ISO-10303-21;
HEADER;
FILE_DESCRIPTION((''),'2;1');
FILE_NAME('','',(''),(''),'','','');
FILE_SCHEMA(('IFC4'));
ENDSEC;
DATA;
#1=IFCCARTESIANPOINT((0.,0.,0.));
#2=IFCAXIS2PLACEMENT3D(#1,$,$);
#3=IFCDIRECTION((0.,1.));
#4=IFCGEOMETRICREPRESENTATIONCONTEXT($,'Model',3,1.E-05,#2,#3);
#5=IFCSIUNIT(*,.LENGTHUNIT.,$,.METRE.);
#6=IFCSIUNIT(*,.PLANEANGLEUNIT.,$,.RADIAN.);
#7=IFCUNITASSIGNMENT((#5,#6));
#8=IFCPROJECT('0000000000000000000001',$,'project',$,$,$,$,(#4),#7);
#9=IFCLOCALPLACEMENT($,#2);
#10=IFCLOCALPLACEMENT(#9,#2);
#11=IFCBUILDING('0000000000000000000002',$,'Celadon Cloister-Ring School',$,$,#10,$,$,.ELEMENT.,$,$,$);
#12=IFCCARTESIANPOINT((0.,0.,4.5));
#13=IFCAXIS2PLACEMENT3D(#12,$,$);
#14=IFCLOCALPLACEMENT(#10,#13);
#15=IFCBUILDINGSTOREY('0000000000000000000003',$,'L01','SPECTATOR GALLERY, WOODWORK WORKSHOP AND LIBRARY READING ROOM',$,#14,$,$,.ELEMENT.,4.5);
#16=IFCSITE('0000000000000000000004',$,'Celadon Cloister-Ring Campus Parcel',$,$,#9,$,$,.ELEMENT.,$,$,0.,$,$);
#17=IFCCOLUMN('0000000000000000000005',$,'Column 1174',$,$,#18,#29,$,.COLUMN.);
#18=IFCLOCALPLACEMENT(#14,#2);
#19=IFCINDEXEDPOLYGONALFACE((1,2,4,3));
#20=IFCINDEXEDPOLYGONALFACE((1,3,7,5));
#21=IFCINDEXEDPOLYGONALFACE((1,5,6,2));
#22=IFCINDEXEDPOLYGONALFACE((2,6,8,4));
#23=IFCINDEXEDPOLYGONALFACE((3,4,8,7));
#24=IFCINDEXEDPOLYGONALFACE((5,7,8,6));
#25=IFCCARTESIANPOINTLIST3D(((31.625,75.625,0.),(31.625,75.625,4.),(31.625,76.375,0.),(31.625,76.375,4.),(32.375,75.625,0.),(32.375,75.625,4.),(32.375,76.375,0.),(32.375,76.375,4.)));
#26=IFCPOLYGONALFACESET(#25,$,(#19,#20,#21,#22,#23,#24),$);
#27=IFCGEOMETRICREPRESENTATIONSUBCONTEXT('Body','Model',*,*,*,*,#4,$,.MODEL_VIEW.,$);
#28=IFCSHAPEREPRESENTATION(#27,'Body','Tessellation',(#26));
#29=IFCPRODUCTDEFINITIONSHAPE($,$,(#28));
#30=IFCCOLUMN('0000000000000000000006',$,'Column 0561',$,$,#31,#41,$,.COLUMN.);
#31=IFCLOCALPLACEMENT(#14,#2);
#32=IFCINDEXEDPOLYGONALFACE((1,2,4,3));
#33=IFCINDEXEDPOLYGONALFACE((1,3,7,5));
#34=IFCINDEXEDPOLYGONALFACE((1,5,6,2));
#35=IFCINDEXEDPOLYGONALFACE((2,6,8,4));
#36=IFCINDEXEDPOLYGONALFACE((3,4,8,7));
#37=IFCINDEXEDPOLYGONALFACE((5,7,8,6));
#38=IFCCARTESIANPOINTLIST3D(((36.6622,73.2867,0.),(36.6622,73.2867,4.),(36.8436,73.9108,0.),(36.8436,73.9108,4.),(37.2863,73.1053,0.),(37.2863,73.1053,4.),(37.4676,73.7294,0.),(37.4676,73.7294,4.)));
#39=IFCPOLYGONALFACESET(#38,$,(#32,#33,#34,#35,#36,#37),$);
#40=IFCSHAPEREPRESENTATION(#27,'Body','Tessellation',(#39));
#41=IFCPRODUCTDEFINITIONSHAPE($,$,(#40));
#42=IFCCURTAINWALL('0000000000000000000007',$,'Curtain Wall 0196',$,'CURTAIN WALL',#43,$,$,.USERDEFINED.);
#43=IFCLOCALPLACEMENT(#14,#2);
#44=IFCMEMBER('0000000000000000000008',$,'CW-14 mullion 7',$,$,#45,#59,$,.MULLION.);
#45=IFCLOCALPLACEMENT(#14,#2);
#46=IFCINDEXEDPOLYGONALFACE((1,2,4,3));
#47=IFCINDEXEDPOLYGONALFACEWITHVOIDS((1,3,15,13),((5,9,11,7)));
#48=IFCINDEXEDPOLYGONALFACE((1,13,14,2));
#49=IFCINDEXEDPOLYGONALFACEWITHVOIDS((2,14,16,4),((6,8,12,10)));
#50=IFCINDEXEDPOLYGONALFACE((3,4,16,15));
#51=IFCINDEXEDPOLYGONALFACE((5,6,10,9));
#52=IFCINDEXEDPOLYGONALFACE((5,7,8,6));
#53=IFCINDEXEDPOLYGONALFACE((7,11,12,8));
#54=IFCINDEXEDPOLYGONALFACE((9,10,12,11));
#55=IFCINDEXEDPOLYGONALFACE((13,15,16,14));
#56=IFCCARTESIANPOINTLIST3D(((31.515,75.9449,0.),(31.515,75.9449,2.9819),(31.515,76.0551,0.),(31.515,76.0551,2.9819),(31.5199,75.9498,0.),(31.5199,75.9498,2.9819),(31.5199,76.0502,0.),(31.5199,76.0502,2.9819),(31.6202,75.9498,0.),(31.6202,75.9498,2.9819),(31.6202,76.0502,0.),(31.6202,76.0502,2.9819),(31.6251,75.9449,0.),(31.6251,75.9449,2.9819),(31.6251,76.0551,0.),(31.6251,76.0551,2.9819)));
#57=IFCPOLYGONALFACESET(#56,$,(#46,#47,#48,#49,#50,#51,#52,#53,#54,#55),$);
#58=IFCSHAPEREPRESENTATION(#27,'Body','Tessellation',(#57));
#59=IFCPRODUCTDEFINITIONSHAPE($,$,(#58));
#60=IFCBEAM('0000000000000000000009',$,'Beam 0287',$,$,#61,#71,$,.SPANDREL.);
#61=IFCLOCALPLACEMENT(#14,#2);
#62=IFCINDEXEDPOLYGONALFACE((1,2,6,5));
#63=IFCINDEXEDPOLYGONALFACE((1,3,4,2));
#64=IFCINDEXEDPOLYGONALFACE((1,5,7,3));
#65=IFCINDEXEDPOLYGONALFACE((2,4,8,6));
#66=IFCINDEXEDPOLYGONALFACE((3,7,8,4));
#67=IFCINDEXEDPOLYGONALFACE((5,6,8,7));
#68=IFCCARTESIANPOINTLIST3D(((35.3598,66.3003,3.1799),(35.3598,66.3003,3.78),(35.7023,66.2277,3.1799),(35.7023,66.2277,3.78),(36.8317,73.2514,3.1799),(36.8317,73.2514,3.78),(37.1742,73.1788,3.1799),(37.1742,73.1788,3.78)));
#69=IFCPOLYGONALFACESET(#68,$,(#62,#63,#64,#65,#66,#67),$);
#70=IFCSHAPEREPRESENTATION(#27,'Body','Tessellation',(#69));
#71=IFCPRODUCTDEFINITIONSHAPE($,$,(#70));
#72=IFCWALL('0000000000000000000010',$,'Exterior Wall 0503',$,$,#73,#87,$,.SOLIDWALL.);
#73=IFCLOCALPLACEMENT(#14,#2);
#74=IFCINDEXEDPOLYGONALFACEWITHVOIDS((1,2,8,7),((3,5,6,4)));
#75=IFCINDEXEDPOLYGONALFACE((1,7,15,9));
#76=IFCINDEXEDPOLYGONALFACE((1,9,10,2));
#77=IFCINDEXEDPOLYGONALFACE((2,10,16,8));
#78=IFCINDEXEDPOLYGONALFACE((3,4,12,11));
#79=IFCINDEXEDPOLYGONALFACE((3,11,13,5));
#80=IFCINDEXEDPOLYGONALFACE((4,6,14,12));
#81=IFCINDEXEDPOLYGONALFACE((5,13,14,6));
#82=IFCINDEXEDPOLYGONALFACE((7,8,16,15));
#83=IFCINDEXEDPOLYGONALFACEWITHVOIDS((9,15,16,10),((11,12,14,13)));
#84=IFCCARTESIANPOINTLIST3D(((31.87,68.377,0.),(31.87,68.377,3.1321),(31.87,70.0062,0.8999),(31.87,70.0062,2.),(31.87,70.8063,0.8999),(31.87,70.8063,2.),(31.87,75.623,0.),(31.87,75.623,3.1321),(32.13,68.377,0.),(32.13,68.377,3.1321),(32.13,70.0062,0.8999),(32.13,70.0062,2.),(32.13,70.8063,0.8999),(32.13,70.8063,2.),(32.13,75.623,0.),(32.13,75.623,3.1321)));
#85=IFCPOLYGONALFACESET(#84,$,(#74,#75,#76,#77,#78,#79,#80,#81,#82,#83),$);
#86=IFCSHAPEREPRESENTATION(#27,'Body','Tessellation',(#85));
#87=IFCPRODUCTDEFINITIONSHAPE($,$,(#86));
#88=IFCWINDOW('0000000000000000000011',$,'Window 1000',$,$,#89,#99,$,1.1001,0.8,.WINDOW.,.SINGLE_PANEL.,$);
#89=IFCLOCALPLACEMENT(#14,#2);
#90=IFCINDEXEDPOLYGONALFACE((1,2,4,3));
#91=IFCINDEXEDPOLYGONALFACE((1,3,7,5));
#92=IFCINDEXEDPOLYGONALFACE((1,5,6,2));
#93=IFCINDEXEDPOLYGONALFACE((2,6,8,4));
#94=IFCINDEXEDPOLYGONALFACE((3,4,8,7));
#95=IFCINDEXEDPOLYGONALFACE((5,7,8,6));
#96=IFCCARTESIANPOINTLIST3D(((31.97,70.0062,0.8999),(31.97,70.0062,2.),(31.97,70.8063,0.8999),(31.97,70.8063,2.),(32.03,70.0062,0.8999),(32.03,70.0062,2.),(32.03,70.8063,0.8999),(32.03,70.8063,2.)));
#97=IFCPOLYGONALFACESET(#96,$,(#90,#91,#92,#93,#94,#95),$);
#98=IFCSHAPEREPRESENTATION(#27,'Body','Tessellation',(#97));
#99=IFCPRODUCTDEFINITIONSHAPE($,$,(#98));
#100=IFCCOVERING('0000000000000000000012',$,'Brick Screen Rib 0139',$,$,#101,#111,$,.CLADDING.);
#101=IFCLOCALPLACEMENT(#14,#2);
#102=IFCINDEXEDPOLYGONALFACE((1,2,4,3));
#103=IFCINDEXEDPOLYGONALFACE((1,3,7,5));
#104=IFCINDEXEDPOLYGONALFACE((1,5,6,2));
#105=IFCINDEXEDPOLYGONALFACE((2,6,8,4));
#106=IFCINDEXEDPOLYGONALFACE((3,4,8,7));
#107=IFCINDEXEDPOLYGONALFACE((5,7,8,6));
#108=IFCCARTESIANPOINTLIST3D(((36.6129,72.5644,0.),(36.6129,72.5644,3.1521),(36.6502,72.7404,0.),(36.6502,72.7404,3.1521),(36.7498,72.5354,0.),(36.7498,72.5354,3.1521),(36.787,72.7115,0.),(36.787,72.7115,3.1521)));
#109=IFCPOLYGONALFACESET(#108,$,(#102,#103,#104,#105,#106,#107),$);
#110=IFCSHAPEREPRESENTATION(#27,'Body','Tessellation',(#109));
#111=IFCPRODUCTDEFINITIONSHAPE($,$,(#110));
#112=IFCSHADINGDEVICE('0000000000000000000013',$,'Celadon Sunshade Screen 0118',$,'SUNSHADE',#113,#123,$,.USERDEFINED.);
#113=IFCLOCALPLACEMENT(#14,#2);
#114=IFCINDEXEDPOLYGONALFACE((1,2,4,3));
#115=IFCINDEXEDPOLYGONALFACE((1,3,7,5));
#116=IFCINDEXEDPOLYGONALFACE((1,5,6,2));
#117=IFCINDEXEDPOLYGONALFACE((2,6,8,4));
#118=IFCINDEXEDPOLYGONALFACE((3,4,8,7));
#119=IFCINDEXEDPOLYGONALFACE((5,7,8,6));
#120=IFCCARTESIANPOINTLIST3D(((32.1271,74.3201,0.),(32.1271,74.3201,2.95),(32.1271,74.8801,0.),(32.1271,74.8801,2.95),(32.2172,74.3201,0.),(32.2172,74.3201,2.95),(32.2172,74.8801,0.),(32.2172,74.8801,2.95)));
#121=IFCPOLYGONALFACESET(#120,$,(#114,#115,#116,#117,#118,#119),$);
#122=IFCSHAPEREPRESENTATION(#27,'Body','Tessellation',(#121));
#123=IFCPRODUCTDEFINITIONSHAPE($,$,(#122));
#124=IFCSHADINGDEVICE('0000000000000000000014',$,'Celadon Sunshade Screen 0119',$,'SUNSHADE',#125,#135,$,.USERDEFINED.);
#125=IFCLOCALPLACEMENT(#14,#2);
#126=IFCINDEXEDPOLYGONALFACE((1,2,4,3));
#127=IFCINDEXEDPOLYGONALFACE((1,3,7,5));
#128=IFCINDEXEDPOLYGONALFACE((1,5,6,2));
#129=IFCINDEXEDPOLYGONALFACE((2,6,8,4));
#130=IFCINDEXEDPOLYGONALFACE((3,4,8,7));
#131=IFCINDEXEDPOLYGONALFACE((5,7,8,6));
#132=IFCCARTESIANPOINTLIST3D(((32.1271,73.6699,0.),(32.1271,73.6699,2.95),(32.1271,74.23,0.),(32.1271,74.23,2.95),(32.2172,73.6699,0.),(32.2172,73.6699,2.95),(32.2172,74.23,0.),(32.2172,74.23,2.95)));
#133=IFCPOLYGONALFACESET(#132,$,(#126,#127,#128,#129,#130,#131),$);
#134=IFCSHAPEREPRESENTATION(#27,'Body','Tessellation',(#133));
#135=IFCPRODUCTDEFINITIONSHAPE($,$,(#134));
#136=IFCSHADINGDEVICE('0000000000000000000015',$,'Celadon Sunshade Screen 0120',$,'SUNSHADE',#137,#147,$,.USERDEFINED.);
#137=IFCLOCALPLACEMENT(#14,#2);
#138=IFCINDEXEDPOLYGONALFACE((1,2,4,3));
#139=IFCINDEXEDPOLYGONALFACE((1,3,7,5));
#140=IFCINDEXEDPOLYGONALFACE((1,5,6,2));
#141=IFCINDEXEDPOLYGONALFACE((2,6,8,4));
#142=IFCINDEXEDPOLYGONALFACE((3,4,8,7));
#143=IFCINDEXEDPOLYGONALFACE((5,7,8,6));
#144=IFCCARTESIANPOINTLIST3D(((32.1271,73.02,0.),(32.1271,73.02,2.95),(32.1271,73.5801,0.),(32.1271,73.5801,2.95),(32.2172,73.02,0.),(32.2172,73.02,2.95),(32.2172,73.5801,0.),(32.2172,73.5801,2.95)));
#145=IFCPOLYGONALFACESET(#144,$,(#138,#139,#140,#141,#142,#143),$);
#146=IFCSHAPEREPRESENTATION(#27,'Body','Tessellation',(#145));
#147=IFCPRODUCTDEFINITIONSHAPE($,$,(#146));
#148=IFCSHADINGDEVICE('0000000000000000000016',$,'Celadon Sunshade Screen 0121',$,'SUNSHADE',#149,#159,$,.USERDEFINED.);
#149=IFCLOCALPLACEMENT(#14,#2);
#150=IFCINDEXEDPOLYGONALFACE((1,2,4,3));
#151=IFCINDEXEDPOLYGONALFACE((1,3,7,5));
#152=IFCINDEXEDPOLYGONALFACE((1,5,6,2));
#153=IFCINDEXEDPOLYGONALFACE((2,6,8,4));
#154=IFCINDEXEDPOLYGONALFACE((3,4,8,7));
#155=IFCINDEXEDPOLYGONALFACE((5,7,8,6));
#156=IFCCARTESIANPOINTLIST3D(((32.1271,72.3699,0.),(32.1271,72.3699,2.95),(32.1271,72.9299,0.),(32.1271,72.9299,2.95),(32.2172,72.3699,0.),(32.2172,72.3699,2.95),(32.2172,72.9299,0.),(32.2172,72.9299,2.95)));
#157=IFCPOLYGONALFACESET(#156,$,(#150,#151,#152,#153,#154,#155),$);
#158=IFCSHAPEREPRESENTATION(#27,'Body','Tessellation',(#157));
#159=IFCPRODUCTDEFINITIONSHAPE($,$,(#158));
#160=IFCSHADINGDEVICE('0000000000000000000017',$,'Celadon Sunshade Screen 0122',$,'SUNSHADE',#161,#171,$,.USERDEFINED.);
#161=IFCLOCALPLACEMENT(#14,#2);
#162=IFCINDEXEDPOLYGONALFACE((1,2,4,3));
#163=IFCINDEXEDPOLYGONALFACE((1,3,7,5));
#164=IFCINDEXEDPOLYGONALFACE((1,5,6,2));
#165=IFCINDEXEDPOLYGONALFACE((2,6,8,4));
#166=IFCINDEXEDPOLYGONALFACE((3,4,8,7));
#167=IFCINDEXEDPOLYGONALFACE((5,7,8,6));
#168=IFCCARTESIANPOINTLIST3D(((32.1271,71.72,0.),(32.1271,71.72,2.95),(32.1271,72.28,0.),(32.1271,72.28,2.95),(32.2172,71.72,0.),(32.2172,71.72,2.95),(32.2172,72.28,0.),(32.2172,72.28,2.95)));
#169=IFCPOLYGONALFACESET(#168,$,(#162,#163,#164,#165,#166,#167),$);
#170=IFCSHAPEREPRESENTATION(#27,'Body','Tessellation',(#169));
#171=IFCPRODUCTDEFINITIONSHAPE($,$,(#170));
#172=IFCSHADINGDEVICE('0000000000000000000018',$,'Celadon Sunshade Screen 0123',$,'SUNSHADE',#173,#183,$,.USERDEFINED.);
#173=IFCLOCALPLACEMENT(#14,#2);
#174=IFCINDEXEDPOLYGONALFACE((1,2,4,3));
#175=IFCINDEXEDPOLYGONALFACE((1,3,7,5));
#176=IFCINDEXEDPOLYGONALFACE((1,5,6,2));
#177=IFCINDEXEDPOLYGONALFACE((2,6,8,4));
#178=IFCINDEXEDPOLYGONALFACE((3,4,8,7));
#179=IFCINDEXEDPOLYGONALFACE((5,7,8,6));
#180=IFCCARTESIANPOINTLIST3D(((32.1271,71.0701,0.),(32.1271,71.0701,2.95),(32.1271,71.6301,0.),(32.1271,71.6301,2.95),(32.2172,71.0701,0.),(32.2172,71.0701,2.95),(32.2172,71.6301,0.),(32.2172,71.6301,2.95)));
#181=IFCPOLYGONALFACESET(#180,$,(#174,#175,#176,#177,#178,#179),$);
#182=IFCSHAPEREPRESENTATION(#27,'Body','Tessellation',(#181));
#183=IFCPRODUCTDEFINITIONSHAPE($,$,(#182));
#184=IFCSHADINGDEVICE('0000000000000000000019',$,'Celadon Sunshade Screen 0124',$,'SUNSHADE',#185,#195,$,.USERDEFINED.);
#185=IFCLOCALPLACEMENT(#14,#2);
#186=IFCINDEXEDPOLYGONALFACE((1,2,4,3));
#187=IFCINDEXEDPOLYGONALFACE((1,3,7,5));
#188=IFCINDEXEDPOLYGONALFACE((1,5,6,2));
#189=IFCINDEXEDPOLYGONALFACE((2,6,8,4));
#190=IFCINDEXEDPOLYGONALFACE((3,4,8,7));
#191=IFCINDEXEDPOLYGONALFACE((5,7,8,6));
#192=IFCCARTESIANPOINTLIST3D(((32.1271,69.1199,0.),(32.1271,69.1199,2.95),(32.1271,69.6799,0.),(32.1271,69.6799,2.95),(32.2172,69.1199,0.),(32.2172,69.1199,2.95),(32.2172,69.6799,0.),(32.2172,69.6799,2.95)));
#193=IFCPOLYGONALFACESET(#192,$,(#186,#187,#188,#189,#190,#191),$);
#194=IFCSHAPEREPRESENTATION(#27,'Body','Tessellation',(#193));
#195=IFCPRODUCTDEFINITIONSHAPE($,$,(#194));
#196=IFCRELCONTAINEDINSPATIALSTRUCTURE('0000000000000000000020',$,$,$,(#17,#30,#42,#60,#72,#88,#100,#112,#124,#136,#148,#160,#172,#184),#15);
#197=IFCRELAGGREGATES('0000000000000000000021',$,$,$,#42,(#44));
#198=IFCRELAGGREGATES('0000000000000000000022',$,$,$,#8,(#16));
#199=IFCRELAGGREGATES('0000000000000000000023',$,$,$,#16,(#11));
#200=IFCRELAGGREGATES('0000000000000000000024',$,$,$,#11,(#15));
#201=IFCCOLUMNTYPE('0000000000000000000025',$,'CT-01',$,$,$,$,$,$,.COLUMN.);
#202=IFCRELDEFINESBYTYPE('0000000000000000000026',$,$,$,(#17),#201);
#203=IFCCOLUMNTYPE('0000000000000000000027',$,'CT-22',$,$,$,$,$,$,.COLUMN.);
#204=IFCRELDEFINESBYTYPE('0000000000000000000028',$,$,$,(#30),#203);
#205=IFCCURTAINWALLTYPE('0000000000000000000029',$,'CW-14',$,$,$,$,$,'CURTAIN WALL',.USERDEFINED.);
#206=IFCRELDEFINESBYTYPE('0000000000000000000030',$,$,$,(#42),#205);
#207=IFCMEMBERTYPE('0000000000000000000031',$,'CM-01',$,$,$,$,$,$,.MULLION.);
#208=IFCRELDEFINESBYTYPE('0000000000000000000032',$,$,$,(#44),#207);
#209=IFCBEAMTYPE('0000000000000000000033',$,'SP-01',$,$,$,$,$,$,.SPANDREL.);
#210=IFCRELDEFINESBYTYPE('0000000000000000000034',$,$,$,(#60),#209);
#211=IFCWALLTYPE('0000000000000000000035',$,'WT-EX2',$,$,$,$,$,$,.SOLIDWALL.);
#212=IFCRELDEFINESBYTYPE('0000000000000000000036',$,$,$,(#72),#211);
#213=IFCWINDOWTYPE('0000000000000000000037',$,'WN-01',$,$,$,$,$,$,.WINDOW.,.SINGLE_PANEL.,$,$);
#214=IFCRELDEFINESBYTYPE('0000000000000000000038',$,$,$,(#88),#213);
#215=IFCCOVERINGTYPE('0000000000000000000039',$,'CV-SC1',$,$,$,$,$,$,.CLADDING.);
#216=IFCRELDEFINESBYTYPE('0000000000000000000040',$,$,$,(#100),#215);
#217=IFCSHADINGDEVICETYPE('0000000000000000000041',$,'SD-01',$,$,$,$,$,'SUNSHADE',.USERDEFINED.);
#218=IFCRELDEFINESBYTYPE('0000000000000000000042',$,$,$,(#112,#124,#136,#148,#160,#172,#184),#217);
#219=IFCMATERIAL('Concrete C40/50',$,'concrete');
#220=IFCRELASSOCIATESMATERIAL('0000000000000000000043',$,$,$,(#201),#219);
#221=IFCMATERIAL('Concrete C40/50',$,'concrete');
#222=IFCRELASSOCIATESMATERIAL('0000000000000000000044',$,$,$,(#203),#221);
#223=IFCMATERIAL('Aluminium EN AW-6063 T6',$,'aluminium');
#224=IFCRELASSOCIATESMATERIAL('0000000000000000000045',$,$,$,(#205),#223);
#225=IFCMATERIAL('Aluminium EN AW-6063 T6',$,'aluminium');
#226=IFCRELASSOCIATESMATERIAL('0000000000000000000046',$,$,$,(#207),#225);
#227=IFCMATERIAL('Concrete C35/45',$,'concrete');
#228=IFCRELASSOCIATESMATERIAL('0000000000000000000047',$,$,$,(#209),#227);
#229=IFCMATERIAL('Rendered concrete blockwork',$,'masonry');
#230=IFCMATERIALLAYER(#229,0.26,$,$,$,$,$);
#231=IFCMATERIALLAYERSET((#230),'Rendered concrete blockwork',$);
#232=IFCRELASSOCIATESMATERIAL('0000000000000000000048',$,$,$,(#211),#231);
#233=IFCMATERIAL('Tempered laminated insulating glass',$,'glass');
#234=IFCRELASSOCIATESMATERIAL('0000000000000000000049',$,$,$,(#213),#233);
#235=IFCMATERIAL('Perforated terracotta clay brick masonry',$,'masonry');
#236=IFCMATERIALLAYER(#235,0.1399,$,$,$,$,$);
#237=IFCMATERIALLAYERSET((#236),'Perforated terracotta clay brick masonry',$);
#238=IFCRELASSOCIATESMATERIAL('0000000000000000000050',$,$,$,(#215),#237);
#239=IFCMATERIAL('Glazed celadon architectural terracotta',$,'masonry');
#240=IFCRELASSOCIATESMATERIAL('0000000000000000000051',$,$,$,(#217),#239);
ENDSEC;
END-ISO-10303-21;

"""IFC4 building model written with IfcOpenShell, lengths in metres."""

from ifc_helpers import new_model, si_unit, direction, frame, frame_2d, origin, origin_2d, place, context, subcontext, project, spatial, rectangle, hollow_rectangle, extrude, material, layer, layer_set, material_profile, profile_set, type_object, element, fill, aggregate, save


model = new_model("IFC4")

# Units and contexts
model_context = context("Model", 3, precision=1e-05, world=origin(), true_north=direction((0.0, 1.0)))
body_context = subcontext(model_context, "Body", "Model", "MODEL_VIEW")
ifc_project = project(units=[si_unit("LENGTHUNIT", "METRE"), si_unit("PLANEANGLEUNIT", "RADIAN")], contexts=[model_context])

# Site, building, storey
site_placement = place(None, origin())
site = spatial("IfcSite", under=ifc_project, at=site_placement, Name="Celadon Cloister-Ring Campus Parcel", CompositionType="ELEMENT", RefElevation=0.0)
building_placement = place(site_placement, origin())
building = spatial("IfcBuilding", under=site, at=building_placement, Name="Celadon Cloister-Ring School", CompositionType="ELEMENT")
storey_placement = place(building_placement, frame((0.0, 0.0, 4.5)))
storey = spatial("IfcBuildingStorey", under=building, at=storey_placement, Name="L01", Description="SPECTATOR GALLERY, WOODWORK WORKSHOP AND LIBRARY READING ROOM", CompositionType="ELEMENT", Elevation=4.5)

# Columns
ifc_material_1 = material(Name="Concrete C40/50", Category="concrete")
ifc_material_profile_1 = material_profile(ifc_material_1, rectangle(XDim=0.75, YDim=0.75, at=origin_2d()), Name="RC750X750")
ifc_profile_set_1 = profile_set([ifc_material_profile_1], Name="Concrete C40/50")
column_type_1 = type_object("IfcColumnType", Name="CT-01", PredefinedType="COLUMN", material=ifc_profile_set_1)
column_1_placement = place(storey_placement, frame((32.0, 76.0, 0.0), z_axis=(0.0, 0.0, 1.0), x_axis=(1.0, 0.0, 0.0)))
element("IfcColumn", 1, at=column_1_placement, inside=storey, type_object=column_type_1, Name="Column 1174", PredefinedType="COLUMN", context=body_context, shape_type="SweptSolid", body=[
    extrude(rectangle(XDim=0.75, YDim=0.75, at=origin_2d()), origin(), (0.0, 0.0, 1.0), 4.0),
])
ifc_material_2 = material(Name="Concrete C40/50", Category="concrete")
ifc_material_profile_2 = material_profile(ifc_material_2, rectangle(XDim=0.6499, YDim=0.6499, at=origin_2d()), Name="RC650X650")
ifc_profile_set_2 = profile_set([ifc_material_profile_2], Name="Concrete C40/50")
column_type_2 = type_object("IfcColumnType", Name="CT-22", PredefinedType="COLUMN", material=ifc_profile_set_2)
column_2_placement = place(storey_placement, frame((37.0649, 73.5081, 0.0), z_axis=(0.0, 0.0, 1.0), x_axis=(-0.960294, 0.278991, 0.0)))
element("IfcColumn", 2, at=column_2_placement, inside=storey, type_object=column_type_2, Name="Column 0561", PredefinedType="COLUMN", context=body_context, shape_type="SweptSolid", body=[
    extrude(rectangle(XDim=0.6499, YDim=0.6499, at=origin_2d()), origin(), (0.0, 0.0, 1.0), 4.0),
])

# Curtain wall, member
ifc_material_3 = material(Name="Aluminium EN AW-6063 T6", Category="aluminium")
curtain_wall_type = type_object("IfcCurtainWallType", Name="CW-14", ElementType="CURTAIN WALL", PredefinedType="USERDEFINED", material=ifc_material_3)
curtain_wall_placement = place(storey_placement, origin())
curtain_wall = element("IfcCurtainWall", 3, at=curtain_wall_placement, inside=storey, type_object=curtain_wall_type, Name="Curtain Wall 0196", ObjectType="CURTAIN WALL", PredefinedType="USERDEFINED")
ifc_material_4 = material(Name="Aluminium EN AW-6063 T6", Category="aluminium")
ifc_material_profile_3 = material_profile(ifc_material_4, hollow_rectangle(XDim=0.1101, YDim=0.1101, WallThickness=0.0049, at=origin_2d()), Name="RHS110X110X5")
ifc_profile_set_3 = profile_set([ifc_material_profile_3], Name="Aluminium EN AW-6063 T6")
member_type = type_object("IfcMemberType", Name="CM-01", PredefinedType="MULLION", material=ifc_profile_set_3)
member_placement = place(storey_placement, frame((31.5701, 76.0, 0.0), z_axis=(0.0, 0.0, 1.0), x_axis=(0.0, 1.0, 0.0)))
member = element("IfcMember", 4, at=member_placement, type_object=member_type, Name="CW-14 mullion 7", PredefinedType="MULLION", context=body_context, shape_type="SweptSolid", body=[
    extrude(hollow_rectangle(XDim=0.1101, YDim=0.1101, WallThickness=0.0049, at=origin_2d()), origin(), (0.0, 0.0, 1.0), 2.9819),
])
aggregate(curtain_wall, [member])

# Beam
ifc_material_5 = material(Name="Concrete C35/45", Category="concrete")
ifc_material_profile_4 = material_profile(ifc_material_5, rectangle(XDim=0.3501, YDim=0.6001, at=origin_2d()), Name="RC350X600")
ifc_profile_set_4 = profile_set([ifc_material_profile_4], Name="Concrete C35/45")
beam_type = type_object("IfcBeamType", Name="SP-01", PredefinedType="SPANDREL", material=ifc_profile_set_4)
beam_placement = place(storey_placement, frame((37.0029, 73.2151, 3.48), z_axis=(-0.207158, -0.978307, 0.0), x_axis=(0.978307, -0.207158, 0.0)))
element("IfcBeam", 5, at=beam_placement, inside=storey, type_object=beam_type, Name="Beam 0287", PredefinedType="SPANDREL", context=body_context, shape_type="SweptSolid", body=[
    extrude(rectangle(XDim=0.3501, YDim=0.6001, at=origin_2d()), origin(), (0.0, 0.0, 1.0), 7.1052),
])

# Wall, opening, window
ifc_material_6 = material(Name="Rendered concrete blockwork", Category="masonry")
ifc_layer_1 = layer(ifc_material_6, 0.26)
ifc_layer_set_1 = layer_set([ifc_layer_1], Name="Rendered concrete blockwork")
wall_type = type_object("IfcWallType", Name="WT-EX2", PredefinedType="SOLIDWALL", material=ifc_layer_set_1)
wall_placement = place(storey_placement, frame((32.0, 75.623, 0.0), z_axis=(0.0, 0.0, 1.0), x_axis=(0.0, -1.0, 0.0)))
wall = element("IfcWall", 6, at=wall_placement, inside=storey, type_object=wall_type, Name="Exterior Wall 0503", PredefinedType="SOLIDWALL", context=body_context, shape_type="SweptSolid", body=[
    extrude(rectangle(XDim=7.2461, YDim=0.26, at=frame_2d((3.623, 0.0))), origin(), (0.0, 0.0, 1.0), 3.1321),
])
opening_placement = place(wall_placement, frame((4.8169, 0.0, 0.8999)))
opening = element("IfcOpeningElement", 7, at=opening_placement, cuts=wall, PredefinedType="OPENING", context=body_context, shape_type="SweptSolid", body=[
    extrude(rectangle(XDim=0.8, YDim=1.1001, at=frame_2d((0.3999, 0.55))), frame((0.0, 0.1401, 0.0), z_axis=(0.0, -1.0, 0.0), x_axis=(1.0, 0.0, 0.0)), (0.0, 0.0, 1.0), 0.28),
])
ifc_material_7 = material(Name="Tempered laminated insulating glass", Category="glass")
window_type = type_object("IfcWindowType", Name="WN-01", PartitioningType="SINGLE_PANEL", PredefinedType="WINDOW", material=ifc_material_7)
window_placement = place(opening_placement, origin())
window = element("IfcWindow", 8, at=window_placement, inside=storey, type_object=window_type, Name="Window 1000", OverallHeight=1.1001, OverallWidth=0.8, PartitioningType="SINGLE_PANEL", PredefinedType="WINDOW", context=body_context, shape_type="SweptSolid", body=[
    extrude(rectangle(XDim=0.8, YDim=1.1001, at=frame_2d((0.3999, 0.55))), frame((0.0, 0.03, 0.0), z_axis=(0.0, -1.0, 0.0), x_axis=(1.0, 0.0, 0.0)), (0.0, 0.0, 1.0), 0.0601),
])
fill(opening, window)

# Covering
ifc_material_8 = material(Name="Perforated terracotta clay brick masonry", Category="masonry")
ifc_layer_2 = layer(ifc_material_8, 0.1399)
ifc_layer_set_2 = layer_set([ifc_layer_2], Name="Perforated terracotta clay brick masonry")
covering_type = type_object("IfcCoveringType", Name="CV-SC1", PredefinedType="CLADDING", material=ifc_layer_set_2)
covering_placement = place(storey_placement, frame((36.7, 72.6379, 0.0), z_axis=(0.0, 0.0, 1.0), x_axis=(0.207075, 0.978325, 0.0)))
element("IfcCovering", 9, at=covering_placement, inside=storey, type_object=covering_type, Name="Brick Screen Rib 0139", PredefinedType="CLADDING", context=body_context, shape_type="SweptSolid", body=[
    extrude(rectangle(XDim=0.1799, YDim=0.1399, at=origin_2d()), origin(), (0.0, 0.0, 1.0), 3.1521),
])

# Shading devices
ifc_material_9 = material(Name="Glazed celadon architectural terracotta", Category="masonry")
shading_device_type = type_object("IfcShadingDeviceType", Name="SD-01", ElementType="SUNSHADE", PredefinedType="USERDEFINED", material=ifc_material_9)
for number, where, z_axis, x_axis, name in (
    (10, (32.1721, 74.6001, 0.0), (0.0, 0.0, 1.0), (0.0, -1.0, 0.0), "Celadon Sunshade Screen 0118"),
    (11, (32.1721, 73.95, 0.0), (0.0, 0.0, 1.0), (0.0, -1.0, 0.0), "Celadon Sunshade Screen 0119"),
    (12, (32.1721, 73.3, 0.0), (0.0, 0.0, 1.0), (0.0, -1.0, 0.0), "Celadon Sunshade Screen 0120"),
    (13, (32.1721, 72.6499, 0.0), (0.0, 0.0, 1.0), (0.0, -1.0, 0.0), "Celadon Sunshade Screen 0121"),
    (14, (32.1721, 72.0, 0.0), (0.0, 0.0, 1.0), (0.0, -1.0, 0.0), "Celadon Sunshade Screen 0122"),
    (15, (32.1721, 71.3501, 0.0), (0.0, 0.0, 1.0), (0.0, -1.0, 0.0), "Celadon Sunshade Screen 0123"),
    (16, (32.1721, 69.3999, 0.0), (0.0, 0.0, 1.0), (0.0, -1.0, 0.0), "Celadon Sunshade Screen 0124"),
):
    element("IfcShadingDevice", number, at=place(storey_placement, frame(where, z_axis=z_axis, x_axis=x_axis)), inside=storey, type_object=shading_device_type, Name=name, ObjectType="SUNSHADE", PredefinedType="USERDEFINED", context=body_context, shape_type="SweptSolid", body=[
        extrude(rectangle(XDim=0.5601, YDim=0.0901, at=origin_2d()), origin(), (0.0, 0.0, 1.0), 2.95),
    ])

save(model, "model.ifc")
